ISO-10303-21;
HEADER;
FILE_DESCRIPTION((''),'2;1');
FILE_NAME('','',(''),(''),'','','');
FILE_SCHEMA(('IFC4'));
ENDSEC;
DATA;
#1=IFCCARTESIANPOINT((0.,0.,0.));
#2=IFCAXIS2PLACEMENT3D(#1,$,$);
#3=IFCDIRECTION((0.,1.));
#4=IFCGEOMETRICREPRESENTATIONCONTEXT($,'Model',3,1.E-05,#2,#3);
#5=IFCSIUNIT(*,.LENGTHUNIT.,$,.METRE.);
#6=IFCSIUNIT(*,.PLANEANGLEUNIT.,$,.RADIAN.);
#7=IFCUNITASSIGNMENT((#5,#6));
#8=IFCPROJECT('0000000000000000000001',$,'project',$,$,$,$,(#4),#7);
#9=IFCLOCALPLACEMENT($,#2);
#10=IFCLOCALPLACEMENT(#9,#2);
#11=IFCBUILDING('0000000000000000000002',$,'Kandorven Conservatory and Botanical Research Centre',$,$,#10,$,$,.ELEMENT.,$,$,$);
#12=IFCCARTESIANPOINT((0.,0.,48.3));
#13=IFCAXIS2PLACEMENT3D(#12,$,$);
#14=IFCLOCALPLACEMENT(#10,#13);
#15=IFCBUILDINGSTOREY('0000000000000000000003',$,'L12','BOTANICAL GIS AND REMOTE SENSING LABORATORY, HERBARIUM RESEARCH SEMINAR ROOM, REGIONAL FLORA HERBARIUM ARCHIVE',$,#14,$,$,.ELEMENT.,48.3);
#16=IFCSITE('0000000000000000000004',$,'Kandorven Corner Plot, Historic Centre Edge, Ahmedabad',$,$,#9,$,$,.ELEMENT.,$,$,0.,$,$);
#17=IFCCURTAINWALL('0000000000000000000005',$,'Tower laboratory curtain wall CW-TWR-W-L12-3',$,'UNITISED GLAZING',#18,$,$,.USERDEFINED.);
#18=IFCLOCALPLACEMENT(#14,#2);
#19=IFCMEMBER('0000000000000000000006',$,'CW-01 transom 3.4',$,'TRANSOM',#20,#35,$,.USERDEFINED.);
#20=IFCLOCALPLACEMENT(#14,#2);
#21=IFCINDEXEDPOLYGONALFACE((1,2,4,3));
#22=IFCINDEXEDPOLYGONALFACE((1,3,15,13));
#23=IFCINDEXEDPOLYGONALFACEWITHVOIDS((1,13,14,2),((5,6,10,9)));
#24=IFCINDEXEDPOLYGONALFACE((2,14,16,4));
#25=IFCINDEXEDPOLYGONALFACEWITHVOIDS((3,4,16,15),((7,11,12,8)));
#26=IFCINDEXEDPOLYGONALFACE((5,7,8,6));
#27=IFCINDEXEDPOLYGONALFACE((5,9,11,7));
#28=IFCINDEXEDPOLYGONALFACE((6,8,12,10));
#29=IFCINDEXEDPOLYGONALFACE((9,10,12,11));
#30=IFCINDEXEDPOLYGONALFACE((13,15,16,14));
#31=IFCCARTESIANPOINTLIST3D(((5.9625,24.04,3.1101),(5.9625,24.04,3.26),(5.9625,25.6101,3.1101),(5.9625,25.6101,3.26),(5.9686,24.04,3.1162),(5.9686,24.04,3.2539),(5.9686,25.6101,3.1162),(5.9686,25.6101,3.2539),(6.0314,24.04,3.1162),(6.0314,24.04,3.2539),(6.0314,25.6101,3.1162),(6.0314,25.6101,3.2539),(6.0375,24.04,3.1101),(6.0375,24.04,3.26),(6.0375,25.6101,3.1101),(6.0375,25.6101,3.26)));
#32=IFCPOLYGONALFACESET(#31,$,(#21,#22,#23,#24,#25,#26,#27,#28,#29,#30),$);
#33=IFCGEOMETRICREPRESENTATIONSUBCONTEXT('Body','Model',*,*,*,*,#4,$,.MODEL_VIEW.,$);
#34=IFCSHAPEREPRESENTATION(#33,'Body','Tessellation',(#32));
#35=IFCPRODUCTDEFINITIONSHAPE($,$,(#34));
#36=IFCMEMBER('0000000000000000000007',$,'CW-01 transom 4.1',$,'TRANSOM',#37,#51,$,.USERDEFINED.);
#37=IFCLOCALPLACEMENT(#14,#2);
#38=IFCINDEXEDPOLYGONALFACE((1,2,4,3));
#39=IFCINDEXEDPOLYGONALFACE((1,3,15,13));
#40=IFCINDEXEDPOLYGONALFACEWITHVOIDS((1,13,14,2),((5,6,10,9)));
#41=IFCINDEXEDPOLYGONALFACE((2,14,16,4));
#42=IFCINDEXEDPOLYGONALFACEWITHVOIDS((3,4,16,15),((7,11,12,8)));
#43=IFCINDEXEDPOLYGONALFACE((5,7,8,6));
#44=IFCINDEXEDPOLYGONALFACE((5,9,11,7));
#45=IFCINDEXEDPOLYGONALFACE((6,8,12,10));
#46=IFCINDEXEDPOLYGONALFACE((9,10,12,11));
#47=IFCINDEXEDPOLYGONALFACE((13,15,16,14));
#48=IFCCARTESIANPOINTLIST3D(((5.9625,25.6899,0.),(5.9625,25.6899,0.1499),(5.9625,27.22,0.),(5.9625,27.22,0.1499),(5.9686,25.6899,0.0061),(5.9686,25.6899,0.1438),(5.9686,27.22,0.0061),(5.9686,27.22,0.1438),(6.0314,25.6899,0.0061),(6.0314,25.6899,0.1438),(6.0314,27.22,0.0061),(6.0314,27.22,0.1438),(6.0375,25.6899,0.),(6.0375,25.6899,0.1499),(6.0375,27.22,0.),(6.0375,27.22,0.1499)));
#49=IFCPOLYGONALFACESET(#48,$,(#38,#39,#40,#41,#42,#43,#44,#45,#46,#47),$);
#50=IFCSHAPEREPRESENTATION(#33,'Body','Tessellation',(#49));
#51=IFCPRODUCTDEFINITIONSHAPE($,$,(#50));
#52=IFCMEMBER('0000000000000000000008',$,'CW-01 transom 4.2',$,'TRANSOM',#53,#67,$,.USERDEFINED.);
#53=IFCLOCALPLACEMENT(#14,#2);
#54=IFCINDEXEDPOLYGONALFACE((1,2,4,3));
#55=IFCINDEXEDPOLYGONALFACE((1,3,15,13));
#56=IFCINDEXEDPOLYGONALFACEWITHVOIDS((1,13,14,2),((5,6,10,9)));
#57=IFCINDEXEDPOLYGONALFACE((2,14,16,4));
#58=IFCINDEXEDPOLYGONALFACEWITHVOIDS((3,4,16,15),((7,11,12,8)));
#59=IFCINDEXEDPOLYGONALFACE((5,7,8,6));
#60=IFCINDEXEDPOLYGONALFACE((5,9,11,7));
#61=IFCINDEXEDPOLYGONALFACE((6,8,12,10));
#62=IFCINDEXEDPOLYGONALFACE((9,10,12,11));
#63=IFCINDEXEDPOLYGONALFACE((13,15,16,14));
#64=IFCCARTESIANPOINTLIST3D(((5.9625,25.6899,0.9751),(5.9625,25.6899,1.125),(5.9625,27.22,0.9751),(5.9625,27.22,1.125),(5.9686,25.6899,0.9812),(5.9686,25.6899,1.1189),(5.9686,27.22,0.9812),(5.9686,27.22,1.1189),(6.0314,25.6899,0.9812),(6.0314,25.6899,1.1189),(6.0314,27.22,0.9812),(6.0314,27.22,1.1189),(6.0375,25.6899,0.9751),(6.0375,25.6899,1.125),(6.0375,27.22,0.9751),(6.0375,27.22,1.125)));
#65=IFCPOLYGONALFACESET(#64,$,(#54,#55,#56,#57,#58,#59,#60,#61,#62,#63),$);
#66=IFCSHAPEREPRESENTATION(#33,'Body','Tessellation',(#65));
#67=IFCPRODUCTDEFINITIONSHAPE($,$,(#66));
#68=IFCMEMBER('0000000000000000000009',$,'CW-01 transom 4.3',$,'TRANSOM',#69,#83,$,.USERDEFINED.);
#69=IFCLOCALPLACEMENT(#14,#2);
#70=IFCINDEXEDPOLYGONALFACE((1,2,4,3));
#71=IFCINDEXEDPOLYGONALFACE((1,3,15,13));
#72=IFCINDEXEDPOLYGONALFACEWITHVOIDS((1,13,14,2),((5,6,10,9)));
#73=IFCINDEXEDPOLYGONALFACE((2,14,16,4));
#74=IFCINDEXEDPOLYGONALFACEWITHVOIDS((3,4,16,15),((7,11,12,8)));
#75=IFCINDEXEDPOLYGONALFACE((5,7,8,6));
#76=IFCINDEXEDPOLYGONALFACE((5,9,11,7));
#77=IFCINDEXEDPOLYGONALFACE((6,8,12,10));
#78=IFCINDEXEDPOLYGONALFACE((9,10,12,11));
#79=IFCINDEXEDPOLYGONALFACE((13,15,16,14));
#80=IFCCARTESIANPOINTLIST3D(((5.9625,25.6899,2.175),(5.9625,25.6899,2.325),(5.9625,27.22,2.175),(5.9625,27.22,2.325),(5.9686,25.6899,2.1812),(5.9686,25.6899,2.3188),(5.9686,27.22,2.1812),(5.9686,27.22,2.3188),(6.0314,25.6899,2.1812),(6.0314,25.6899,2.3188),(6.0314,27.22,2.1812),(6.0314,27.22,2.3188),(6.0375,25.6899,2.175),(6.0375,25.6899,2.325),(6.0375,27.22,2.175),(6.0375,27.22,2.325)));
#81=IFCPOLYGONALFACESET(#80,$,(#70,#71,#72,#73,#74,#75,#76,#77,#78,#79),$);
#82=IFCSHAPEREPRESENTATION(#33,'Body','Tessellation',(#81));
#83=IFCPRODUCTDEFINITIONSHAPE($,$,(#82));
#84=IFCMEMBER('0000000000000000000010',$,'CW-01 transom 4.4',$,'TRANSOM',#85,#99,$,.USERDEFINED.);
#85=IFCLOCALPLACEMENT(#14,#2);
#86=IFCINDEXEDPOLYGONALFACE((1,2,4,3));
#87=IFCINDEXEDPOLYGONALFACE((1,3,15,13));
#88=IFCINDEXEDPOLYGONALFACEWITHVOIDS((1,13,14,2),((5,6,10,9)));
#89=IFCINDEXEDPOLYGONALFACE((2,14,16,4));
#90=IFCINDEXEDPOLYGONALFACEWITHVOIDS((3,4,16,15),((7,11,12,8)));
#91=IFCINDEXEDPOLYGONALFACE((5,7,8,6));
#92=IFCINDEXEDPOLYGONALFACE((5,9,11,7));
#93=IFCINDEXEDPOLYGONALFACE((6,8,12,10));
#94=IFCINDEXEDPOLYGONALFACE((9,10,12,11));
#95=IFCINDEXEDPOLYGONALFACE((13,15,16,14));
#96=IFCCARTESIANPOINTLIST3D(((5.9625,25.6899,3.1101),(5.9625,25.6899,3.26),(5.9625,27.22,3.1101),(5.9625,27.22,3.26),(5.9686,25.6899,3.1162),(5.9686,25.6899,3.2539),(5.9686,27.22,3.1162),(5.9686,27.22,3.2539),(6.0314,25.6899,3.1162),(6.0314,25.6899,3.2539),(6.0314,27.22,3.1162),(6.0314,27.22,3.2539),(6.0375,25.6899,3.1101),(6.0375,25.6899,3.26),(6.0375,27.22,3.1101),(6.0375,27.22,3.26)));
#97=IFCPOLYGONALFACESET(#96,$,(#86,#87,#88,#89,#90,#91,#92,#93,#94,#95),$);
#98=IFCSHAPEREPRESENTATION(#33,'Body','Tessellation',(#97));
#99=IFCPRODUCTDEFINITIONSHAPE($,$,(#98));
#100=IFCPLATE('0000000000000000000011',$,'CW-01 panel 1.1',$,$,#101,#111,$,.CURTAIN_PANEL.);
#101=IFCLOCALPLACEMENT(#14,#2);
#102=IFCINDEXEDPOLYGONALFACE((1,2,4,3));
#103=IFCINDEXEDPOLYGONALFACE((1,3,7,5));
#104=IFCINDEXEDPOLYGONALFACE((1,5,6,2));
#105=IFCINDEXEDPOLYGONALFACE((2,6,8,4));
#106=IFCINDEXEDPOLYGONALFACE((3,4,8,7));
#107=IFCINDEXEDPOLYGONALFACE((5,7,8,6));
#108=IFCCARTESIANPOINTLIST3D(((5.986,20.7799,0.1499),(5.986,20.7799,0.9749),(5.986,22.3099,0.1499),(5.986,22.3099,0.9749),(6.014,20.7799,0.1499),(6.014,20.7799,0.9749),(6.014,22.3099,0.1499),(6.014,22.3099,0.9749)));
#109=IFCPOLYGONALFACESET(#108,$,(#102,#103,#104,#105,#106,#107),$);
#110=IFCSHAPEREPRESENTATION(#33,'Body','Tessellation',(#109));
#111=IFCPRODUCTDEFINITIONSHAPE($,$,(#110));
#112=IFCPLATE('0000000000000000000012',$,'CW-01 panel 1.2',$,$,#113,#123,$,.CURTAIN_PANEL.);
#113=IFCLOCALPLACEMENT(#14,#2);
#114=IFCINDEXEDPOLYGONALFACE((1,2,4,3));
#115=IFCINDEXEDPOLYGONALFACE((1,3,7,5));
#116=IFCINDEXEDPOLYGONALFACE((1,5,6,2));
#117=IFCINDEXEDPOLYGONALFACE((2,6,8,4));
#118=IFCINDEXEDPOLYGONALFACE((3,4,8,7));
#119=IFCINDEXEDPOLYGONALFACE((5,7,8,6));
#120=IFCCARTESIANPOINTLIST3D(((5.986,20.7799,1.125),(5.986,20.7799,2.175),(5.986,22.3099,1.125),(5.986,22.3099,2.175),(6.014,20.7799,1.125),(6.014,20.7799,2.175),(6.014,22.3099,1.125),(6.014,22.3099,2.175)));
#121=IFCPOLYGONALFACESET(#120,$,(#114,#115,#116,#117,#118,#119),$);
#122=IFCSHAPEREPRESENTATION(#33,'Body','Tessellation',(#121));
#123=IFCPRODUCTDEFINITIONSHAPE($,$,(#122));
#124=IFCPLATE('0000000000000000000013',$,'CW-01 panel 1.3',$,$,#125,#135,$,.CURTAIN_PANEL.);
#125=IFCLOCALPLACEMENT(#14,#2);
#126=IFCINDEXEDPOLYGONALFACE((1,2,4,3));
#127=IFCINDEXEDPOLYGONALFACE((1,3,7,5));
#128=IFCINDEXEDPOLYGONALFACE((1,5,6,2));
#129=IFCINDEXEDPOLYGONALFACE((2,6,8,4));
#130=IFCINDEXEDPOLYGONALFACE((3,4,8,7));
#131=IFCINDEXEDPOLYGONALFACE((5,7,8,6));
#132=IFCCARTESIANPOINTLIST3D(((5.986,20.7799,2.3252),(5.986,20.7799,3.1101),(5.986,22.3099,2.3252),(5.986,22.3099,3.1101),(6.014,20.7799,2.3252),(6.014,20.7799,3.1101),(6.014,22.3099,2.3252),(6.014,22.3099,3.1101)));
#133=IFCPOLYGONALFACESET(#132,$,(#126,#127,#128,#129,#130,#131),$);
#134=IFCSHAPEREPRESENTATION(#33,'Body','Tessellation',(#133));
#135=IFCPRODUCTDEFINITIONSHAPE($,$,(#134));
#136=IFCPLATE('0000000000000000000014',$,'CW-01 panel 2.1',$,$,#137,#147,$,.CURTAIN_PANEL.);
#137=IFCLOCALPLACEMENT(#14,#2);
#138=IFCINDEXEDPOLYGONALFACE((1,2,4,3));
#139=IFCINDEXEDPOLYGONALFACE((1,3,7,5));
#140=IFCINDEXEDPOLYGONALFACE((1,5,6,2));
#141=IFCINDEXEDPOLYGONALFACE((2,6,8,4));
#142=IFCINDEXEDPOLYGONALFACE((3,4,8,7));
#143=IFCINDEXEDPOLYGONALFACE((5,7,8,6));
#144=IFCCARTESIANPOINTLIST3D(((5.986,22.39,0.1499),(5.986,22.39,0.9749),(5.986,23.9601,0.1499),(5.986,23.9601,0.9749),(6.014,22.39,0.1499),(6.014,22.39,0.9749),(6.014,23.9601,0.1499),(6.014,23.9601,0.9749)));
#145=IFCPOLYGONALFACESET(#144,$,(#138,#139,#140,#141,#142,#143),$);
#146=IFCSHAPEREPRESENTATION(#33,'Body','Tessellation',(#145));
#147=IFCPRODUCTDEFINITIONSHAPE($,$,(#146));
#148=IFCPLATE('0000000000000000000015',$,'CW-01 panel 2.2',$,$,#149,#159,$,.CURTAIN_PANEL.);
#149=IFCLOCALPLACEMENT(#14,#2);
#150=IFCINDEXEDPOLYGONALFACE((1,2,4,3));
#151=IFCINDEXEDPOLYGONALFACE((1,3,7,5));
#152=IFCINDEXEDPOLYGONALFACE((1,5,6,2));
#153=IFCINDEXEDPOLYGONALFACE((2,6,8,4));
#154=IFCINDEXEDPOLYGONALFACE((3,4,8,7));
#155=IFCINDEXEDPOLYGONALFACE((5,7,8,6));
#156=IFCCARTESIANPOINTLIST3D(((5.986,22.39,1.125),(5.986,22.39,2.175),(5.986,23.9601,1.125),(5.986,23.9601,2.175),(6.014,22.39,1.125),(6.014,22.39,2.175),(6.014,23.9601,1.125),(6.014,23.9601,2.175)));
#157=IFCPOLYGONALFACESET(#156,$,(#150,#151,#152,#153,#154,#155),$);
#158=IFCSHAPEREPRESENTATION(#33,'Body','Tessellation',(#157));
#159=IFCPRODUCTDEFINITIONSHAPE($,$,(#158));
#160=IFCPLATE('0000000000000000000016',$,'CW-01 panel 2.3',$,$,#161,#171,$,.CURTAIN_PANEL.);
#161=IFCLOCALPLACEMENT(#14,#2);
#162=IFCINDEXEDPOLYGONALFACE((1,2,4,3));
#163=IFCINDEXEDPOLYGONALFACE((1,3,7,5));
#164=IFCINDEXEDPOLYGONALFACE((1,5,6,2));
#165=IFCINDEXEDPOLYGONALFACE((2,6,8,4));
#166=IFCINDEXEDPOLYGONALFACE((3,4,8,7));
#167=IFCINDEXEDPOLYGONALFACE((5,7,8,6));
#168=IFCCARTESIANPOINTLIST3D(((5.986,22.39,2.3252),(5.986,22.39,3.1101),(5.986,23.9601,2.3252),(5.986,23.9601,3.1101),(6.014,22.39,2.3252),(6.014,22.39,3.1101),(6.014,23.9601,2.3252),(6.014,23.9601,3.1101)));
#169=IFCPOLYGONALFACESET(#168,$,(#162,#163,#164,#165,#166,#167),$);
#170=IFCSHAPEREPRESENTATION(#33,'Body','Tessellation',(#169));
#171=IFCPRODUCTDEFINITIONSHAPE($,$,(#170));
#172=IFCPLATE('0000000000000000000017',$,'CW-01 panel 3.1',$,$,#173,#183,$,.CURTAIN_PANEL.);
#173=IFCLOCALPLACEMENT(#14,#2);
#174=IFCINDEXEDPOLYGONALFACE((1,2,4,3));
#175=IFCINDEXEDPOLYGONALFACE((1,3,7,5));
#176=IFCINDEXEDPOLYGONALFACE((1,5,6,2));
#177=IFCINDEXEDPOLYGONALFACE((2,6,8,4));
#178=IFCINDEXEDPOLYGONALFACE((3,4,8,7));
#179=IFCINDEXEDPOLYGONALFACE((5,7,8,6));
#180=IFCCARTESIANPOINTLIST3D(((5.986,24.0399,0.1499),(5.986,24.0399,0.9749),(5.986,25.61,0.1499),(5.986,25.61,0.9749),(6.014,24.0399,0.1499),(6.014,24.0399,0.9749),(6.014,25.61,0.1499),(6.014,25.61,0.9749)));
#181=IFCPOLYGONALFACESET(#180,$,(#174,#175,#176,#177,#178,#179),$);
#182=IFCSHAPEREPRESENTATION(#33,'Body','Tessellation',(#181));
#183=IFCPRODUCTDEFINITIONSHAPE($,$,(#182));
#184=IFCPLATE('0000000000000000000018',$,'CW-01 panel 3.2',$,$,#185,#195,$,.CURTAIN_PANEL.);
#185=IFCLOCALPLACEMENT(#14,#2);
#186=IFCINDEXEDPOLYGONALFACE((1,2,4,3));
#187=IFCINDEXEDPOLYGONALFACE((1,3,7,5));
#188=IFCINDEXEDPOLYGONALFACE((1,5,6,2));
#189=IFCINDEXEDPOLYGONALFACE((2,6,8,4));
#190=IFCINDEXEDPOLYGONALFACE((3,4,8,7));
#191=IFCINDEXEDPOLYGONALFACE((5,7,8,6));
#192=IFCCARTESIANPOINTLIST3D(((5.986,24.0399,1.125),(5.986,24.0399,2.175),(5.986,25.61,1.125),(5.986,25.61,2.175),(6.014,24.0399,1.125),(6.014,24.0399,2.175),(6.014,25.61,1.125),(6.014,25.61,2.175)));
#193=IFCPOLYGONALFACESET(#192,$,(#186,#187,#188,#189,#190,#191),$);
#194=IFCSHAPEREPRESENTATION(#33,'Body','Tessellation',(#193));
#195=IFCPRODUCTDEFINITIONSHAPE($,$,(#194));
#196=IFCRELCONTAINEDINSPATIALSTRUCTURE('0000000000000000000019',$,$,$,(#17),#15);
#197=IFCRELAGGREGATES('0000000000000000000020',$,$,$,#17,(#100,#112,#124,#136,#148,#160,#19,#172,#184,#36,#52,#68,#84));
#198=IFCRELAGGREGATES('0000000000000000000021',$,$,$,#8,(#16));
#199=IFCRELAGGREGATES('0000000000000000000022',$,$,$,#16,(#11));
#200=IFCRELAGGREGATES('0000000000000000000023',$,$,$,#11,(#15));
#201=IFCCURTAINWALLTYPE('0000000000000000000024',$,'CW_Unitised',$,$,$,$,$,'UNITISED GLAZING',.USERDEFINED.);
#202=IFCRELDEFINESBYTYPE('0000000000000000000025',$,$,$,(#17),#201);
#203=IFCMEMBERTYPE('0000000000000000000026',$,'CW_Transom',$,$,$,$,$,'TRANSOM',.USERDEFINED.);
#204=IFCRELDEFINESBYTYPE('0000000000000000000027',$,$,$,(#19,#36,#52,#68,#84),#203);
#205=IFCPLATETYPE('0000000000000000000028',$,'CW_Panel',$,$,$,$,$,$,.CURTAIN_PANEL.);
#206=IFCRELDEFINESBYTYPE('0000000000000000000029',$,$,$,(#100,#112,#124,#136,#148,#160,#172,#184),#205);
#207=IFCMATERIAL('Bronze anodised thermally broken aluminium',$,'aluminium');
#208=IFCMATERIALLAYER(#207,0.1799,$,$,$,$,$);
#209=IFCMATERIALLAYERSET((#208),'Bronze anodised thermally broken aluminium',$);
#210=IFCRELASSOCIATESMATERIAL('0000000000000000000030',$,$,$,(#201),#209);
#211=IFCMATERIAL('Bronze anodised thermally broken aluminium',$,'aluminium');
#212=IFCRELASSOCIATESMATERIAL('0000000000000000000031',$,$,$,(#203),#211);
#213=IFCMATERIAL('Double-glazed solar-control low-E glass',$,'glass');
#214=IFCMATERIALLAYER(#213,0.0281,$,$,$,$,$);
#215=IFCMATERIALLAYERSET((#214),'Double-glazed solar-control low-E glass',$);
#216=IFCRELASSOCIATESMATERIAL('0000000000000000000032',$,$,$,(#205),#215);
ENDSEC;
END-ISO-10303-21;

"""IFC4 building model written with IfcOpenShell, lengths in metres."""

from ifc_helpers import new_model, si_unit, direction, frame, origin, origin_2d, place, context, subcontext, project, spatial, rectangle, hollow_rectangle, extrude, material, layer, layer_set, material_profile, profile_set, type_object, element, aggregate, save


model = new_model("IFC4")

# Units and contexts
model_context = context("Model", 3, precision=1e-05, world=origin(), true_north=direction((0.0, 1.0)))
body_context = subcontext(model_context, "Body", "Model", "MODEL_VIEW")
ifc_project = project(units=[si_unit("LENGTHUNIT", "METRE"), si_unit("PLANEANGLEUNIT", "RADIAN")], contexts=[model_context])

# Site, building, storey
site_placement = place(None, origin())
site = spatial("IfcSite", under=ifc_project, at=site_placement, Name="Kandorven Corner Plot, Historic Centre Edge, Ahmedabad", CompositionType="ELEMENT", RefElevation=0.0)
building_placement = place(site_placement, origin())
building = spatial("IfcBuilding", under=site, at=building_placement, Name="Kandorven Conservatory and Botanical Research Centre", CompositionType="ELEMENT")
storey_placement = place(building_placement, frame((0.0, 0.0, 48.3)))
storey = spatial("IfcBuildingStorey", under=building, at=storey_placement, Name="L12", Description="BOTANICAL GIS AND REMOTE SENSING LABORATORY, HERBARIUM RESEARCH SEMINAR ROOM, REGIONAL FLORA HERBARIUM ARCHIVE", CompositionType="ELEMENT", Elevation=48.3)

# Curtain wall, members, plates
ifc_material_1 = material(Name="Bronze anodised thermally broken aluminium", Category="aluminium")
ifc_layer_1 = layer(ifc_material_1, 0.1799)
ifc_layer_set_1 = layer_set([ifc_layer_1], Name="Bronze anodised thermally broken aluminium")
curtain_wall_type = type_object("IfcCurtainWallType", Name="CW_Unitised", ElementType="UNITISED GLAZING", PredefinedType="USERDEFINED", material=ifc_layer_set_1)
curtain_wall_placement = place(storey_placement, origin())
curtain_wall = element("IfcCurtainWall", 1, at=curtain_wall_placement, inside=storey, type_object=curtain_wall_type, Name="Tower laboratory curtain wall CW-TWR-W-L12-3", ObjectType="UNITISED GLAZING", PredefinedType="USERDEFINED")
ifc_material_2 = material(Name="Bronze anodised thermally broken aluminium", Category="aluminium")
ifc_material_profile_1 = material_profile(ifc_material_2, hollow_rectangle(XDim=0.075, YDim=0.1499, WallThickness=0.0061, at=origin_2d()))
ifc_profile_set_1 = profile_set([ifc_material_profile_1], Name="Bronze anodised thermally broken aluminium")
member_type_1 = type_object("IfcMemberType", Name="CW_Transom", ElementType="TRANSOM", PredefinedType="USERDEFINED", material=ifc_profile_set_1)
member_1_placement = place(storey_placement, frame((6.0, 24.04, 3.1851), z_axis=(0.0, 1.0, 0.0), x_axis=(-1.0, 0.0, 0.0)))
member_1 = element("IfcMember", 2, at=member_1_placement, type_object=member_type_1, Name="CW-01 transom 3.4", ObjectType="TRANSOM", PredefinedType="USERDEFINED", context=body_context, shape_type="SweptSolid", body=[
    extrude(hollow_rectangle(XDim=0.075, YDim=0.1499, WallThickness=0.0061, at=origin_2d()), origin(), (0.0, 0.0, 1.0), 1.5701),
])
member_2_placement = place(storey_placement, frame((6.0, 25.6899, 0.075), z_axis=(0.0, 1.0, 0.0), x_axis=(-1.0, 0.0, 0.0)))
member_2 = element("IfcMember", 3, at=member_2_placement, type_object=member_type_1, Name="CW-01 transom 4.1", ObjectType="TRANSOM", PredefinedType="USERDEFINED", context=body_context, shape_type="SweptSolid", body=[
    extrude(hollow_rectangle(XDim=0.075, YDim=0.1499, WallThickness=0.0061, at=origin_2d()), origin(), (0.0, 0.0, 1.0), 1.53),
])
member_3_placement = place(storey_placement, frame((6.0, 25.6899, 1.05), z_axis=(0.0, 1.0, 0.0), x_axis=(-1.0, 0.0, 0.0)))
member_3 = element("IfcMember", 4, at=member_3_placement, type_object=member_type_1, Name="CW-01 transom 4.2", ObjectType="TRANSOM", PredefinedType="USERDEFINED", context=body_context, shape_type="SweptSolid", body=[
    extrude(hollow_rectangle(XDim=0.075, YDim=0.1499, WallThickness=0.0061, at=origin_2d()), origin(), (0.0, 0.0, 1.0), 1.53),
])
member_4_placement = place(storey_placement, frame((6.0, 25.6899, 2.25), z_axis=(0.0, 1.0, 0.0), x_axis=(-1.0, 0.0, 0.0)))
member_4 = element("IfcMember", 5, at=member_4_placement, type_object=member_type_1, Name="CW-01 transom 4.3", ObjectType="TRANSOM", PredefinedType="USERDEFINED", context=body_context, shape_type="SweptSolid", body=[
    extrude(hollow_rectangle(XDim=0.075, YDim=0.1499, WallThickness=0.0061, at=origin_2d()), origin(), (0.0, 0.0, 1.0), 1.53),
])
member_5_placement = place(storey_placement, frame((6.0, 25.6899, 3.1851), z_axis=(0.0, 1.0, 0.0), x_axis=(-1.0, 0.0, 0.0)))
member_5 = element("IfcMember", 6, at=member_5_placement, type_object=member_type_1, Name="CW-01 transom 4.4", ObjectType="TRANSOM", PredefinedType="USERDEFINED", context=body_context, shape_type="SweptSolid", body=[
    extrude(hollow_rectangle(XDim=0.075, YDim=0.1499, WallThickness=0.0061, at=origin_2d()), origin(), (0.0, 0.0, 1.0), 1.53),
])
ifc_material_3 = material(Name="Double-glazed solar-control low-E glass", Category="glass")
ifc_layer_2 = layer(ifc_material_3, 0.0281)
ifc_layer_set_2 = layer_set([ifc_layer_2], Name="Double-glazed solar-control low-E glass")
plate_type_1 = type_object("IfcPlateType", Name="CW_Panel", PredefinedType="CURTAIN_PANEL", material=ifc_layer_set_2)
plate_1_placement = place(storey_placement, frame((6.0, 21.5449, 0.1499), z_axis=(0.0, 0.0, 1.0), x_axis=(0.0, 1.0, 0.0)))
plate_1 = element("IfcPlate", 7, at=plate_1_placement, type_object=plate_type_1, Name="CW-01 panel 1.1", PredefinedType="CURTAIN_PANEL", context=body_context, shape_type="SweptSolid", body=[
    extrude(rectangle(XDim=1.53, YDim=0.0281, at=origin_2d()), origin(), (0.0, 0.0, 1.0), 0.825),
])
plate_2_placement = place(storey_placement, frame((6.0, 21.5449, 1.125), z_axis=(0.0, 0.0, 1.0), x_axis=(0.0, 1.0, 0.0)))
plate_2 = element("IfcPlate", 8, at=plate_2_placement, type_object=plate_type_1, Name="CW-01 panel 1.2", PredefinedType="CURTAIN_PANEL", context=body_context, shape_type="SweptSolid", body=[
    extrude(rectangle(XDim=1.53, YDim=0.0281, at=origin_2d()), origin(), (0.0, 0.0, 1.0), 1.05),
])
plate_3_placement = place(storey_placement, frame((6.0, 21.5449, 2.3252), z_axis=(0.0, 0.0, 1.0), x_axis=(0.0, 1.0, 0.0)))
plate_3 = element("IfcPlate", 9, at=plate_3_placement, type_object=plate_type_1, Name="CW-01 panel 1.3", PredefinedType="CURTAIN_PANEL", context=body_context, shape_type="SweptSolid", body=[
    extrude(rectangle(XDim=1.53, YDim=0.0281, at=origin_2d()), origin(), (0.0, 0.0, 1.0), 0.7849),
])
plate_4_placement = place(storey_placement, frame((6.0, 23.175, 0.1499), z_axis=(0.0, 0.0, 1.0), x_axis=(0.0, 1.0, 0.0)))
plate_4 = element("IfcPlate", 10, at=plate_4_placement, type_object=plate_type_1, Name="CW-01 panel 2.1", PredefinedType="CURTAIN_PANEL", context=body_context, shape_type="SweptSolid", body=[
    extrude(rectangle(XDim=1.5701, YDim=0.0281, at=origin_2d()), origin(), (0.0, 0.0, 1.0), 0.825),
])
plate_5_placement = place(storey_placement, frame((6.0, 23.175, 1.125), z_axis=(0.0, 0.0, 1.0), x_axis=(0.0, 1.0, 0.0)))
plate_5 = element("IfcPlate", 11, at=plate_5_placement, type_object=plate_type_1, Name="CW-01 panel 2.2", PredefinedType="CURTAIN_PANEL", context=body_context, shape_type="SweptSolid", body=[
    extrude(rectangle(XDim=1.5701, YDim=0.0281, at=origin_2d()), origin(), (0.0, 0.0, 1.0), 1.05),
])
plate_6_placement = place(storey_placement, frame((6.0, 23.175, 2.3252), z_axis=(0.0, 0.0, 1.0), x_axis=(0.0, 1.0, 0.0)))
plate_6 = element("IfcPlate", 12, at=plate_6_placement, type_object=plate_type_1, Name="CW-01 panel 2.3", PredefinedType="CURTAIN_PANEL", context=body_context, shape_type="SweptSolid", body=[
    extrude(rectangle(XDim=1.5701, YDim=0.0281, at=origin_2d()), origin(), (0.0, 0.0, 1.0), 0.7849),
])
plate_7_placement = place(storey_placement, frame((6.0, 24.825, 0.1499), z_axis=(0.0, 0.0, 1.0), x_axis=(0.0, 1.0, 0.0)))
plate_7 = element("IfcPlate", 13, at=plate_7_placement, type_object=plate_type_1, Name="CW-01 panel 3.1", PredefinedType="CURTAIN_PANEL", context=body_context, shape_type="SweptSolid", body=[
    extrude(rectangle(XDim=1.5701, YDim=0.0281, at=origin_2d()), origin(), (0.0, 0.0, 1.0), 0.825),
])
plate_8_placement = place(storey_placement, frame((6.0, 24.825, 1.125), z_axis=(0.0, 0.0, 1.0), x_axis=(0.0, 1.0, 0.0)))
plate_8 = element("IfcPlate", 14, at=plate_8_placement, type_object=plate_type_1, Name="CW-01 panel 3.2", PredefinedType="CURTAIN_PANEL", context=body_context, shape_type="SweptSolid", body=[
    extrude(rectangle(XDim=1.5701, YDim=0.0281, at=origin_2d()), origin(), (0.0, 0.0, 1.0), 1.05),
])
aggregate(curtain_wall, [plate_1, plate_2, plate_3, plate_4, plate_5, plate_6, member_1, plate_7, plate_8, member_2, member_3, member_4, member_5])

save(model, "model.ifc")
